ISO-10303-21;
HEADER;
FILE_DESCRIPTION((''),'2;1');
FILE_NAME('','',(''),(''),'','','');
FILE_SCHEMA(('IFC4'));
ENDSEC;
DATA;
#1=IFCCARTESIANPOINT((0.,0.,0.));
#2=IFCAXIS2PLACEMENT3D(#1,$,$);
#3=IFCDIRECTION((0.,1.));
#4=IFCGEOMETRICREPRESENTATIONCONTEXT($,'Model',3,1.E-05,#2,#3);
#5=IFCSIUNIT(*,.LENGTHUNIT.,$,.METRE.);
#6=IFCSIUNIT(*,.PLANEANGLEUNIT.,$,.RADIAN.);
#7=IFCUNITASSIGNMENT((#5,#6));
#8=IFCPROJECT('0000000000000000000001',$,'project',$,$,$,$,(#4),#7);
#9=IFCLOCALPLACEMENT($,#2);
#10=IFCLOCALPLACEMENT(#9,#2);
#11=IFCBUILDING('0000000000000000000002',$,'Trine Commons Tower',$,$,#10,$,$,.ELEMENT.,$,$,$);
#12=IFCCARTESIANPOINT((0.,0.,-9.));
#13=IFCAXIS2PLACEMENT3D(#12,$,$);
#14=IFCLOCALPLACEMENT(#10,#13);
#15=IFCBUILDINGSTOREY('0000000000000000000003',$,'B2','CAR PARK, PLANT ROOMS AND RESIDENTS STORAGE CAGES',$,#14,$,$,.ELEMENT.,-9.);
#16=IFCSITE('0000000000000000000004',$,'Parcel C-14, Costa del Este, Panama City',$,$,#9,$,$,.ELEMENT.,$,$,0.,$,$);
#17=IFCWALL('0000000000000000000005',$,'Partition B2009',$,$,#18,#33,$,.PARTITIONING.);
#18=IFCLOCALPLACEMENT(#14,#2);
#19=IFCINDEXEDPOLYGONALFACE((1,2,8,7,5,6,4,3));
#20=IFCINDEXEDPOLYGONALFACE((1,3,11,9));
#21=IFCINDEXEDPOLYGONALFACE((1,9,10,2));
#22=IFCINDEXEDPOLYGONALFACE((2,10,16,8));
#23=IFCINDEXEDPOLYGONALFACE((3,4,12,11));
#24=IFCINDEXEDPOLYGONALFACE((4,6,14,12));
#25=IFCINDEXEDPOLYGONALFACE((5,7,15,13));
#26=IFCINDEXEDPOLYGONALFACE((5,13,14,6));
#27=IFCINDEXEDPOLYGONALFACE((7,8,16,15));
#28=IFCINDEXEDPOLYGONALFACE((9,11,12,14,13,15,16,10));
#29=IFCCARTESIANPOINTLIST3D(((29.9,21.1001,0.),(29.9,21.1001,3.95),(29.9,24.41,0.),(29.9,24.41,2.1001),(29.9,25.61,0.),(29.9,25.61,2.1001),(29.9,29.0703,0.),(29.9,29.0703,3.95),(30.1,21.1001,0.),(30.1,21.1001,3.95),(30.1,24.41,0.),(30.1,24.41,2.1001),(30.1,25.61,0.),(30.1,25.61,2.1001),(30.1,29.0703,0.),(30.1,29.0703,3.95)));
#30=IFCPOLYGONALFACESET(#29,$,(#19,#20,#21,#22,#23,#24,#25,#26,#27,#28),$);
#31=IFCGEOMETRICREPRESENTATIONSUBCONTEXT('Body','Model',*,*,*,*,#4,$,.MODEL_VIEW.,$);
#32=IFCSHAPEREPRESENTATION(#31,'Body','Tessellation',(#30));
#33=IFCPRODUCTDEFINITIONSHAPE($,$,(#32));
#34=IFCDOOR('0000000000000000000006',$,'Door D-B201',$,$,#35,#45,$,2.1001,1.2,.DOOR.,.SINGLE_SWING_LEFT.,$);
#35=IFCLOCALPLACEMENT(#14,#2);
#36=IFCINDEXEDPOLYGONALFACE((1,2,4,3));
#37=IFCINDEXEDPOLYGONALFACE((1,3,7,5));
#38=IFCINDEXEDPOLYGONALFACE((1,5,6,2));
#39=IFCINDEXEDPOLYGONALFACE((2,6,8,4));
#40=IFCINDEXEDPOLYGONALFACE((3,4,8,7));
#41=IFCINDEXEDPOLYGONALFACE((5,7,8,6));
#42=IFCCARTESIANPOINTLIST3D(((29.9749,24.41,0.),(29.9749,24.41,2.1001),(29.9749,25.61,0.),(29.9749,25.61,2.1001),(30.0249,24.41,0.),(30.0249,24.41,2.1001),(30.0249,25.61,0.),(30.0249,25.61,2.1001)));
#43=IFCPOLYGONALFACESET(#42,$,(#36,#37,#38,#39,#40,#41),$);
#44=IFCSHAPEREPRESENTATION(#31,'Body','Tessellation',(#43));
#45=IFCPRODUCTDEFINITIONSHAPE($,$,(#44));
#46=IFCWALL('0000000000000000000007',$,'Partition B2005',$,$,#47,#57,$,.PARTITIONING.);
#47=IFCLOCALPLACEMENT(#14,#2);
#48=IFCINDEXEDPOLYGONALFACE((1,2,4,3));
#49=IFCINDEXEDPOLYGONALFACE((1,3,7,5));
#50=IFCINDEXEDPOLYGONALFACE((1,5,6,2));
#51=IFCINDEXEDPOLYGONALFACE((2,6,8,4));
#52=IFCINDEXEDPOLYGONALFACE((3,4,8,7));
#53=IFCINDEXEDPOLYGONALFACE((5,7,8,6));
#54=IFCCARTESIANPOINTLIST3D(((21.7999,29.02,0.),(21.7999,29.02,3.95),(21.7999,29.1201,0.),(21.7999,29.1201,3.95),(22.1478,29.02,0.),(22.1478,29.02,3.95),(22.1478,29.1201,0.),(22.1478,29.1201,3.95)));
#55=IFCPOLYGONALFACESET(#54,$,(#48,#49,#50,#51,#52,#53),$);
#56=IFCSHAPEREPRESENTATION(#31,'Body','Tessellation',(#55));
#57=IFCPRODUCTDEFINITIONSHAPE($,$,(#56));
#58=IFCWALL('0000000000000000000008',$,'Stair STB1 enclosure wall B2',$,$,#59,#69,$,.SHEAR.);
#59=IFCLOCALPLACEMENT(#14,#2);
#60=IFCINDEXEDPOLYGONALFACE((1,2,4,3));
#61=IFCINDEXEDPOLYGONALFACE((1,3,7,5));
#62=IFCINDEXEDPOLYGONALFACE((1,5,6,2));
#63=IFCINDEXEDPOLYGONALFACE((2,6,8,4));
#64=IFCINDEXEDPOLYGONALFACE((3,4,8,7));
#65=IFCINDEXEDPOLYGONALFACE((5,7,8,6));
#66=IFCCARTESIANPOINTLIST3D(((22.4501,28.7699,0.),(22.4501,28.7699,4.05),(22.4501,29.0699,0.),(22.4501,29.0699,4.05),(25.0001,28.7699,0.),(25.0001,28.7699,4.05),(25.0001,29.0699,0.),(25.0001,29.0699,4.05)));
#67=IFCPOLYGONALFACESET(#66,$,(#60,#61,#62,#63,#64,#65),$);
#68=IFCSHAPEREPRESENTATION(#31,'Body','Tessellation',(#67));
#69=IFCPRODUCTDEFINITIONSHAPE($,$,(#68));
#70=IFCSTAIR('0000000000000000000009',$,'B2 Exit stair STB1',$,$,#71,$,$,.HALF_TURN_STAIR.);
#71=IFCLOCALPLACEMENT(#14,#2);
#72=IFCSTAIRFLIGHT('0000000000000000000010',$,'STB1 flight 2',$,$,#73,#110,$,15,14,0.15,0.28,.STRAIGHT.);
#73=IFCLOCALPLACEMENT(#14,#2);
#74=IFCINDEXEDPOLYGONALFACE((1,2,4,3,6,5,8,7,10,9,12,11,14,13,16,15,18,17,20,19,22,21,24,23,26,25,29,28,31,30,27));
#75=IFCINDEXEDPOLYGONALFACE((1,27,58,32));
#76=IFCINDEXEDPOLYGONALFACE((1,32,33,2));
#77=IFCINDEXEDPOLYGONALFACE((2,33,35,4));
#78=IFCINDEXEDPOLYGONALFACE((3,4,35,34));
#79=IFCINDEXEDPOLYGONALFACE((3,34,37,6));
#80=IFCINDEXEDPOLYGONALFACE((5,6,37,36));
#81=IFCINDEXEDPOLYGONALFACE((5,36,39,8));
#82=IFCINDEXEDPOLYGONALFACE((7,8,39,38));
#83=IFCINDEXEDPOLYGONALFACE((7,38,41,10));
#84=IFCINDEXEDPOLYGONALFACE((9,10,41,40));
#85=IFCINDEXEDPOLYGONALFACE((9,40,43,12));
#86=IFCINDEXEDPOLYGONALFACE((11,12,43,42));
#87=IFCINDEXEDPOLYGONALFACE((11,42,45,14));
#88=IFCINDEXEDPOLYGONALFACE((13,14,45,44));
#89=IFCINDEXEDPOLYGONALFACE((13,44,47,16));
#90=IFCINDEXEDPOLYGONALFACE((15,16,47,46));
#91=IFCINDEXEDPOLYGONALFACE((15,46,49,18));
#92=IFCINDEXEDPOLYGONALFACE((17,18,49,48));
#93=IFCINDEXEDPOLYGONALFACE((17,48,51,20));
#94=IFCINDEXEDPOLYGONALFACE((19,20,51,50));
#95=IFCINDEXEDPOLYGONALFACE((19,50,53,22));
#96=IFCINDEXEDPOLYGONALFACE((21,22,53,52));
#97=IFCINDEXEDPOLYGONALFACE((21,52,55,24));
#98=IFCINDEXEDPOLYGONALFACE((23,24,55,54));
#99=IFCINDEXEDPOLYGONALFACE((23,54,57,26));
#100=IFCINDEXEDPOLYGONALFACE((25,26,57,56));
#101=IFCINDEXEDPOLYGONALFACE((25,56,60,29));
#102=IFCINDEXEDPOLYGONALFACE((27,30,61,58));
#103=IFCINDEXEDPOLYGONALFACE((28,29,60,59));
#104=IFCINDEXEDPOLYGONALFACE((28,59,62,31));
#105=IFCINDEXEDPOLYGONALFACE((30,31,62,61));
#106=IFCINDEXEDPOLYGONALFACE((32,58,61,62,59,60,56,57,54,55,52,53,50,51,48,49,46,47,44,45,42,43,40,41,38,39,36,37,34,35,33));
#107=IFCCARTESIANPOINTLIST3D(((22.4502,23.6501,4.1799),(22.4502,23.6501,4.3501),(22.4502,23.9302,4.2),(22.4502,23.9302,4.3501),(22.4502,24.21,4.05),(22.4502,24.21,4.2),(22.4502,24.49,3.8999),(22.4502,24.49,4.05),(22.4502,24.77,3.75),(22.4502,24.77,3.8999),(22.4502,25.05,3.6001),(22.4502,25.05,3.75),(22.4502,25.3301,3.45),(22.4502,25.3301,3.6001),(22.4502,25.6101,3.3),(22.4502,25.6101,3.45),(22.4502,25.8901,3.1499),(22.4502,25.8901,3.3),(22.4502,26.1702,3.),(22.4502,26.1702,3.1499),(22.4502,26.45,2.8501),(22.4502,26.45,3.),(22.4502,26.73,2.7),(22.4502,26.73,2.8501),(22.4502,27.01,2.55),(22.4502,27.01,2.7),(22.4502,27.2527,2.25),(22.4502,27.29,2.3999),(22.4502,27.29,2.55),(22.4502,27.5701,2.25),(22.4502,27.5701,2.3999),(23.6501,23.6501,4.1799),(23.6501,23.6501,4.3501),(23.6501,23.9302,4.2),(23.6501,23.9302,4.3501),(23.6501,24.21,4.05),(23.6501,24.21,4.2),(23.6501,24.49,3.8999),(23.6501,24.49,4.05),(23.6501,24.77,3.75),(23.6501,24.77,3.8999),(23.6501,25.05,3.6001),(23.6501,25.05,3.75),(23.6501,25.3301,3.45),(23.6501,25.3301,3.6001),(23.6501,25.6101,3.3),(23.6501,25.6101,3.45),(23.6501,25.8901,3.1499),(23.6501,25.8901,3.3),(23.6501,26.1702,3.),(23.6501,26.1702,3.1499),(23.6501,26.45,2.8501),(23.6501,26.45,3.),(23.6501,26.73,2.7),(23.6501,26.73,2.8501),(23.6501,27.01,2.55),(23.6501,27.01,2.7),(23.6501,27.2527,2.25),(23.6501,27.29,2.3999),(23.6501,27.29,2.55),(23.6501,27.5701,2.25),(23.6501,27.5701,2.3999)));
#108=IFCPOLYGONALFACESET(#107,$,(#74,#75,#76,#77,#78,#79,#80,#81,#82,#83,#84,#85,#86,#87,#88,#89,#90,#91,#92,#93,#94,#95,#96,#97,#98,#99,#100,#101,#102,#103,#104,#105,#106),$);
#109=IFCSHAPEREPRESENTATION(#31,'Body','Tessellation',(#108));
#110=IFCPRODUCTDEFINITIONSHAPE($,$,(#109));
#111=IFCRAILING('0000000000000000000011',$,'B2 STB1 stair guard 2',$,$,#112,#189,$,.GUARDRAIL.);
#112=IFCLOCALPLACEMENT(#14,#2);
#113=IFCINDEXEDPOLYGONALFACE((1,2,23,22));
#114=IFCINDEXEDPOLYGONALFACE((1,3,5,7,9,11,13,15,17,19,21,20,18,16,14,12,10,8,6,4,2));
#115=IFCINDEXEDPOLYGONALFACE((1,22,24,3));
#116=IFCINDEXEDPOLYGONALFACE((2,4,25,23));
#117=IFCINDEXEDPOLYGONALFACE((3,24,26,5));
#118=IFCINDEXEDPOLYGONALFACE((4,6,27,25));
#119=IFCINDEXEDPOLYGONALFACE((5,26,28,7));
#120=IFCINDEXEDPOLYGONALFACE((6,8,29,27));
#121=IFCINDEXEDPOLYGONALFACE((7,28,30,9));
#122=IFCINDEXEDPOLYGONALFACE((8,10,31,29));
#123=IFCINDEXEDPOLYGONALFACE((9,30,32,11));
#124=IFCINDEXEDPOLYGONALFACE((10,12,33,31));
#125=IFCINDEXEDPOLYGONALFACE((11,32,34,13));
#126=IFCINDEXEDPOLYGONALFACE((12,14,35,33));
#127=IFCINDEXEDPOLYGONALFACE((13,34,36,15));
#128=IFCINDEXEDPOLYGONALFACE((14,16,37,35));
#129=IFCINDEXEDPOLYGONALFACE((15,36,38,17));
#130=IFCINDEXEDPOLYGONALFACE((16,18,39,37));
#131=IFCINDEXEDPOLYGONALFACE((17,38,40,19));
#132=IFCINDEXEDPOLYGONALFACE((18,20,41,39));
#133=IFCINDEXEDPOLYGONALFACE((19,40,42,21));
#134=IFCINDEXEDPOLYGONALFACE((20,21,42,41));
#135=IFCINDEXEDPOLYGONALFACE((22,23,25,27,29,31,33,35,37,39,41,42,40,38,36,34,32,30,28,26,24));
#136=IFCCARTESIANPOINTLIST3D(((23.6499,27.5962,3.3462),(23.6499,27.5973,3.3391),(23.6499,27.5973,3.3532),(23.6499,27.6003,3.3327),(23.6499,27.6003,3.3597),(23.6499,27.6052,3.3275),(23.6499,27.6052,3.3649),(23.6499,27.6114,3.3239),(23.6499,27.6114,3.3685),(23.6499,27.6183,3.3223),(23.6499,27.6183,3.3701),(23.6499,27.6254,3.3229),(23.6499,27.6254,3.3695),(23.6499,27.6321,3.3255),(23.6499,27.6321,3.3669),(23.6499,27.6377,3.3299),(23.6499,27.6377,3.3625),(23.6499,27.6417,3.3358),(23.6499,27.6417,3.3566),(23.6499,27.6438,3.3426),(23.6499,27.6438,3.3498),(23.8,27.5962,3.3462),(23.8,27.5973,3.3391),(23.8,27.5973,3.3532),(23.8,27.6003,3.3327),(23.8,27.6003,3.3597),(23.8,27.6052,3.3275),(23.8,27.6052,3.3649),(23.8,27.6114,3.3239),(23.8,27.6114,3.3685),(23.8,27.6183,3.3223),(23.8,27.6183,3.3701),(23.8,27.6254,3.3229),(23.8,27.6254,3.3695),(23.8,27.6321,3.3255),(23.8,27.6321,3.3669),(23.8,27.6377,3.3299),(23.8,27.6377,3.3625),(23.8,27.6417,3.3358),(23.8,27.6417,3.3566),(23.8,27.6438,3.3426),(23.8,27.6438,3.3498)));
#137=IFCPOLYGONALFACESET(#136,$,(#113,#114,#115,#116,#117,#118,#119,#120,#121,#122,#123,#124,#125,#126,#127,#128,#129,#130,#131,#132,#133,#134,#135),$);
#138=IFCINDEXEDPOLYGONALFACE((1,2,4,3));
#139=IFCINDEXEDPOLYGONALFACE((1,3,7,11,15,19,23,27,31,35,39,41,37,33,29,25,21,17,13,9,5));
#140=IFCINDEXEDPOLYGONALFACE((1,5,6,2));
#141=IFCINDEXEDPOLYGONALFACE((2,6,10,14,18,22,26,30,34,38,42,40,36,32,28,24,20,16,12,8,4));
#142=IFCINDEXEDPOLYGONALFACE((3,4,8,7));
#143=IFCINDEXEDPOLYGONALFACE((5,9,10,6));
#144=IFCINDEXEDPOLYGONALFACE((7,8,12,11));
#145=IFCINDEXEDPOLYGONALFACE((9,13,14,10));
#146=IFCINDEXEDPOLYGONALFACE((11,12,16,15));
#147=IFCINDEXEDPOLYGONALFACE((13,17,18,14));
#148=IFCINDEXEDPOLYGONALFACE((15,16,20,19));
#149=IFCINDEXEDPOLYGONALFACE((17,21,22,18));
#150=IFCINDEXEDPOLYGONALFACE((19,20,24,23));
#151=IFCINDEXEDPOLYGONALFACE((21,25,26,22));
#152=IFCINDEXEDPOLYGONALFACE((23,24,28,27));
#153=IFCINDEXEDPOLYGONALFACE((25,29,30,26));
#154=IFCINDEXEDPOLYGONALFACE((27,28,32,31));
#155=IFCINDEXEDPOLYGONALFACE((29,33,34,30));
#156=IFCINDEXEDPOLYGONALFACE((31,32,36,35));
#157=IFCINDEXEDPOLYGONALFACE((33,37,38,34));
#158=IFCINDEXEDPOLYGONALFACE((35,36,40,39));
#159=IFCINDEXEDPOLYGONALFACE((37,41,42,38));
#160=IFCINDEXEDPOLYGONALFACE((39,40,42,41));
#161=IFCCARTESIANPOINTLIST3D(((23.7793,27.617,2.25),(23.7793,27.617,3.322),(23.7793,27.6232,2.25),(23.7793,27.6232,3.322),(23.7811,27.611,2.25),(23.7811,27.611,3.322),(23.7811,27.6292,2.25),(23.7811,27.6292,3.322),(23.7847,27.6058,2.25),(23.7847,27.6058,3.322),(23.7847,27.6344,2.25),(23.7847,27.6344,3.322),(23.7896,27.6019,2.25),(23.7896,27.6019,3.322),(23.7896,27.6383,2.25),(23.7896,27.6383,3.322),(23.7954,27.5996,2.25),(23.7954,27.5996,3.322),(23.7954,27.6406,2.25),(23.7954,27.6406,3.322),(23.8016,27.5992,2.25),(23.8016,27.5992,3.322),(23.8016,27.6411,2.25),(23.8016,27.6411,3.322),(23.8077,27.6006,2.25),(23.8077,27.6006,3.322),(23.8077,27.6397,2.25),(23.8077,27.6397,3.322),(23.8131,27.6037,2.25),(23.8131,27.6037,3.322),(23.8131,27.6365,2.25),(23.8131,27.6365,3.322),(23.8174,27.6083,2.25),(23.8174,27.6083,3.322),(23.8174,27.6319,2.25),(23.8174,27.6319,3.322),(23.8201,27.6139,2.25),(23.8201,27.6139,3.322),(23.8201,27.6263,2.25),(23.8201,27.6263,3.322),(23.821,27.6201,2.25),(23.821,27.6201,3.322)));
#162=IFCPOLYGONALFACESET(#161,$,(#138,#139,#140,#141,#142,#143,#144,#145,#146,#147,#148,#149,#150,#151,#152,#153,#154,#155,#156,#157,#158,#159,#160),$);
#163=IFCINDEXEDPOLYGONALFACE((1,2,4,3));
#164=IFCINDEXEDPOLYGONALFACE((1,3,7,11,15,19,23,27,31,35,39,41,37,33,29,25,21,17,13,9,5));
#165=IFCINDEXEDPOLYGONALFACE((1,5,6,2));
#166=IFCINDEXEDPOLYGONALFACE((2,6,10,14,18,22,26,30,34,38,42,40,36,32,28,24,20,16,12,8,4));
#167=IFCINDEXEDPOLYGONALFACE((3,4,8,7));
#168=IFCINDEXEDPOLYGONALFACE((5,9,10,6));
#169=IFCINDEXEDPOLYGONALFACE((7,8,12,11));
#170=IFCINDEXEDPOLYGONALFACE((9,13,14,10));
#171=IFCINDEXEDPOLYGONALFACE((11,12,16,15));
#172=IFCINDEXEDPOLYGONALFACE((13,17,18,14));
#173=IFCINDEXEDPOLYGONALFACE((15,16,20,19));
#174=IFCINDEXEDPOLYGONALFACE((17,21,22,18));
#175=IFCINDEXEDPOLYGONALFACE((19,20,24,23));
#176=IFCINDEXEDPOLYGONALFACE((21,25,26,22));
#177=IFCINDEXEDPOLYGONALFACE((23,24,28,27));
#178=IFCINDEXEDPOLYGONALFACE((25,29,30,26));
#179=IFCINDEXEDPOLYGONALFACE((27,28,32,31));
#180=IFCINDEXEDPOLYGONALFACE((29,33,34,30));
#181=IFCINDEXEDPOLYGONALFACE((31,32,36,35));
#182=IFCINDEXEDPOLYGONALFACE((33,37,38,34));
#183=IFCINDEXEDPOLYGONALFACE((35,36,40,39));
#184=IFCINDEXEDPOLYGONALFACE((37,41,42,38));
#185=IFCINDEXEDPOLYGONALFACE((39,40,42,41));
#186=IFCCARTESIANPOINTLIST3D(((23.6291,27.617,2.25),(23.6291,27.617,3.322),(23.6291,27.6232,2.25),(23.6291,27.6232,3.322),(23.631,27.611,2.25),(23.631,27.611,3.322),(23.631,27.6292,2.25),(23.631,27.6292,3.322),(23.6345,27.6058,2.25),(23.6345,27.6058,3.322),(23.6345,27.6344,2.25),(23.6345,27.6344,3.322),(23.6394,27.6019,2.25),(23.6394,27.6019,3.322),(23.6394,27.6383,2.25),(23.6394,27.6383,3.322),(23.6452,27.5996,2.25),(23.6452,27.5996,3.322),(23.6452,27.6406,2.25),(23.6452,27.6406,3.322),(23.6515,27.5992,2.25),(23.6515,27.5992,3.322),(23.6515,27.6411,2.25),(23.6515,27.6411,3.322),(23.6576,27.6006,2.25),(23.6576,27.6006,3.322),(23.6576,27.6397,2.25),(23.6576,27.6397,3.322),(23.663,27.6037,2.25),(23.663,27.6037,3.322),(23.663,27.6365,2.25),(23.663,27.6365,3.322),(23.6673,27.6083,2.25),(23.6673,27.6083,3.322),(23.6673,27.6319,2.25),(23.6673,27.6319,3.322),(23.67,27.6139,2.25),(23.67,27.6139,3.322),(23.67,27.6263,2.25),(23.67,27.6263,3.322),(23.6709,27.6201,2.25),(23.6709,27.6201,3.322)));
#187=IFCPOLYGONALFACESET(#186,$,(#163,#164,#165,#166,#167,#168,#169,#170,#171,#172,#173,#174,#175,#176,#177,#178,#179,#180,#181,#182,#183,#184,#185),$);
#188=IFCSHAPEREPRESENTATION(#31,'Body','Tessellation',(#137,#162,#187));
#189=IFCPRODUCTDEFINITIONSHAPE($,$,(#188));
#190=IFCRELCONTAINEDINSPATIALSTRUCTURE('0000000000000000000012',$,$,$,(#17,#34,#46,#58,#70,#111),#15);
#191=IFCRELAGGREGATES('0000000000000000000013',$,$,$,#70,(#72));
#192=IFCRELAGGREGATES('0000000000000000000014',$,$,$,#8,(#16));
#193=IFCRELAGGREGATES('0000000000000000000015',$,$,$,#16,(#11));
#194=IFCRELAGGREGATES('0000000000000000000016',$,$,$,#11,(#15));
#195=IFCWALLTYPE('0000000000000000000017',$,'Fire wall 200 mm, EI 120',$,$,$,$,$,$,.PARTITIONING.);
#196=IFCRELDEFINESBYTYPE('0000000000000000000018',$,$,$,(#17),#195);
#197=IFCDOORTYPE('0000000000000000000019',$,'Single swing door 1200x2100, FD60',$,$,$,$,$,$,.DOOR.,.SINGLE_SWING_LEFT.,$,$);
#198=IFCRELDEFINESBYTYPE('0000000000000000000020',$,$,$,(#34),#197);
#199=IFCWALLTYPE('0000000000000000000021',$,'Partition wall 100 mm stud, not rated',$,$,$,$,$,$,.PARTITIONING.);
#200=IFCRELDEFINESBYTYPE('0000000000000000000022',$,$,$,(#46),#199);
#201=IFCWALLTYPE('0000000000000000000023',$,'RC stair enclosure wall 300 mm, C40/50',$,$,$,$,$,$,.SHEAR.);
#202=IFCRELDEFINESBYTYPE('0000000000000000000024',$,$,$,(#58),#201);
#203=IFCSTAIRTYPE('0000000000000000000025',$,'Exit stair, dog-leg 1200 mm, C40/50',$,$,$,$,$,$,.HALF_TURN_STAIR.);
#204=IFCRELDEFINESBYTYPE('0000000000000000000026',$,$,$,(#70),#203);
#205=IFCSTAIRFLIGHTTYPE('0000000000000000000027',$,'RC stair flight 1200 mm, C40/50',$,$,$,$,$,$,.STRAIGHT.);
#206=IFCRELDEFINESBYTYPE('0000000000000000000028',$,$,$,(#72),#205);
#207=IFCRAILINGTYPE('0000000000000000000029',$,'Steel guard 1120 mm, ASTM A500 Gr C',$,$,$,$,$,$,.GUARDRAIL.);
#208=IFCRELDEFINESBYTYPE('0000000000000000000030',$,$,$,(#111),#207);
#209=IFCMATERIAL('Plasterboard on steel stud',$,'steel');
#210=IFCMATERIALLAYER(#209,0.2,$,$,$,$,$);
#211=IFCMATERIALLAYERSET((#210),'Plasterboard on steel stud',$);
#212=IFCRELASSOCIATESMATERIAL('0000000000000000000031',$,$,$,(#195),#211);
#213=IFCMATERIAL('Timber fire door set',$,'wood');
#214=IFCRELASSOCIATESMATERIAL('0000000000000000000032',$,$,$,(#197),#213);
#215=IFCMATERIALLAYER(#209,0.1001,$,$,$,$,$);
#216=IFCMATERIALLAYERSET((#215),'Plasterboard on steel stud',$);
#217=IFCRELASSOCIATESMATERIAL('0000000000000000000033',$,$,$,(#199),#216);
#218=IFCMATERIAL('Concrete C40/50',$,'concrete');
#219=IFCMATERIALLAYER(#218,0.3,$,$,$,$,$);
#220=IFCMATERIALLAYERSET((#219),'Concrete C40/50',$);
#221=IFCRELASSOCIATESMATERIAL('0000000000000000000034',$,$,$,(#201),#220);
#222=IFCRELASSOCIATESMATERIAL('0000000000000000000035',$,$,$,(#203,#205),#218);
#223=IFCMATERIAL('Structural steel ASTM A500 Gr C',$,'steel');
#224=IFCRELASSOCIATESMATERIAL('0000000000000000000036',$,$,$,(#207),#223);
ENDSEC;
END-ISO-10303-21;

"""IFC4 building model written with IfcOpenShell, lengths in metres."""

from ifc_helpers import new_model, si_unit, direction, frame, frame_2d, origin, origin_2d, place, context, subcontext, project, spatial, polyline, rectangle, circle, outline, extrude, material, layer, layer_set, type_object, element, fill, aggregate, save


model = new_model("IFC4")

# Units and contexts
model_context = context("Model", 3, precision=1e-05, world=origin(), true_north=direction((0.0, 1.0)))
body_context = subcontext(model_context, "Body", "Model", "MODEL_VIEW")
ifc_project = project(units=[si_unit("LENGTHUNIT", "METRE"), si_unit("PLANEANGLEUNIT", "RADIAN")], contexts=[model_context])

# Site, building, storey
site_placement = place(None, origin())
site = spatial("IfcSite", under=ifc_project, at=site_placement, Name="Parcel C-14, Costa del Este, Panama City", CompositionType="ELEMENT", RefElevation=0.0)
building_placement = place(site_placement, origin())
building = spatial("IfcBuilding", under=site, at=building_placement, Name="Trine Commons Tower", CompositionType="ELEMENT")
storey_placement = place(building_placement, frame((0.0, 0.0, -9.0)))
storey = spatial("IfcBuildingStorey", under=building, at=storey_placement, Name="B2", Description="CAR PARK, PLANT ROOMS AND RESIDENTS STORAGE CAGES", CompositionType="ELEMENT", Elevation=-9.0)

# Shared definitions
ifc_material_1 = material(Name="Concrete C40/50", Category="concrete")

# Shared definitions
ifc_material_2 = material(Name="Plasterboard on steel stud", Category="steel")
ifc_layer_1 = layer(ifc_material_2, 0.2)
ifc_layer_set_1 = layer_set([ifc_layer_1], Name="Plasterboard on steel stud")
wall_type_1 = type_object("IfcWallType", Name="Fire wall 200 mm, EI 120", PredefinedType="PARTITIONING", material=ifc_layer_set_1)

# Wall, opening, door
wall_1_placement = place(storey_placement, frame((30.0, 29.0703, 0.0), z_axis=(0.0, 0.0, 1.0), x_axis=(0.0, -1.0, 0.0)))
wall_1 = element("IfcWall", 1, at=wall_1_placement, inside=storey, type_object=wall_type_1, Name="Partition B2009", PredefinedType="PARTITIONING", context=body_context, shape_type="SweptSolid", body=[
    extrude(rectangle(XDim=7.9702, YDim=0.2, at=frame_2d((3.9851, 0.0))), origin(), (0.0, 0.0, 1.0), 3.95),
])
opening_placement = place(wall_1_placement, frame((3.4602, 0.0, 0.0)))
opening = element("IfcOpeningElement", 2, at=opening_placement, cuts=wall_1, PredefinedType="OPENING", context=body_context, shape_type="SweptSolid", body=[
    extrude(rectangle(XDim=1.2, YDim=2.1001, at=frame_2d((0.6001, 1.05))), frame((0.0, 0.1099, 0.0), z_axis=(0.0, -1.0, 0.0), x_axis=(1.0, 0.0, 0.0)), (0.0, 0.0, 1.0), 0.22),
])
ifc_material_3 = material(Name="Timber fire door set", Category="wood")
door_type = type_object("IfcDoorType", Name="Single swing door 1200x2100, FD60", OperationType="SINGLE_SWING_LEFT", PredefinedType="DOOR", material=ifc_material_3)
door_placement = place(opening_placement, origin())
door = element("IfcDoor", 3, at=door_placement, inside=storey, type_object=door_type, Name="Door D-B201", OperationType="SINGLE_SWING_LEFT", OverallHeight=2.1001, OverallWidth=1.2, PredefinedType="DOOR", context=body_context, shape_type="SweptSolid", body=[
    extrude(rectangle(XDim=1.2, YDim=2.1001, at=frame_2d((0.6001, 1.05))), frame((0.0, 0.0249, 0.0), z_axis=(0.0, -1.0, 0.0), x_axis=(1.0, 0.0, 0.0)), (0.0, 0.0, 1.0), 0.05),
])
fill(opening, door)

# Walls
ifc_layer_2 = layer(ifc_material_2, 0.1001)
ifc_layer_set_2 = layer_set([ifc_layer_2], Name="Plasterboard on steel stud")
wall_type_2 = type_object("IfcWallType", Name="Partition wall 100 mm stud, not rated", PredefinedType="PARTITIONING", material=ifc_layer_set_2)
wall_2_placement = place(storey_placement, frame((21.8, 29.0701, 0.0), z_axis=(0.0, 0.0, 1.0), x_axis=(1.0, 0.0, 0.0)))
element("IfcWall", 4, at=wall_2_placement, inside=storey, type_object=wall_type_2, Name="Partition B2005", PredefinedType="PARTITIONING", context=body_context, shape_type="SweptSolid", body=[
    extrude(rectangle(XDim=0.3479, YDim=0.1001, at=frame_2d((0.1738, 0.0))), origin(), (0.0, 0.0, 1.0), 3.95),
])
ifc_layer_3 = layer(ifc_material_1, 0.3)
ifc_layer_set_3 = layer_set([ifc_layer_3], Name="Concrete C40/50")
wall_type_3 = type_object("IfcWallType", Name="RC stair enclosure wall 300 mm, C40/50", PredefinedType="SHEAR", material=ifc_layer_set_3)
wall_3_placement = place(storey_placement, frame((25.0, 28.9199, 0.0), z_axis=(0.0, 0.0, 1.0), x_axis=(-1.0, 0.0, 0.0)))
element("IfcWall", 5, at=wall_3_placement, inside=storey, type_object=wall_type_3, Name="Stair STB1 enclosure wall B2", PredefinedType="SHEAR", context=body_context, shape_type="SweptSolid", body=[
    extrude(rectangle(XDim=2.55, YDim=0.3, at=frame_2d((1.2749, 0.0))), origin(), (0.0, 0.0, 1.0), 4.05),
])

# Stair, stair flight
stair_type = type_object("IfcStairType", Name="Exit stair, dog-leg 1200 mm, C40/50", PredefinedType="HALF_TURN_STAIR", material=ifc_material_1)
stair_placement = place(storey_placement, origin())
stair = element("IfcStair", 6, at=stair_placement, inside=storey, type_object=stair_type, Name="B2 Exit stair STB1", PredefinedType="HALF_TURN_STAIR")
stair_flight_type = type_object("IfcStairFlightType", Name="RC stair flight 1200 mm, C40/50", PredefinedType="STRAIGHT", material=ifc_material_1)
stair_flight_placement = place(storey_placement, frame((23.05, 27.5701, 2.25), z_axis=(0.0, 0.0, 1.0), x_axis=(0.0, -1.0, 0.0)))
stair_flight = element("IfcStairFlight", 7, at=stair_flight_placement, type_object=stair_flight_type, Name="STB1 flight 2", NumberOfRisers=15, NumberOfTreads=14, PredefinedType="STRAIGHT", RiserHeight=0.15, TreadLength=0.28, context=body_context, shape_type="SweptSolid", body=[
    extrude(outline(polyline([(0.0, 0.0), (0.0, 0.1499), (0.28, 0.1499), (0.28, 0.3), (0.5601, 0.3), (0.5601, 0.45), (0.8401, 0.45), (0.8401, 0.6001), (1.1201, 0.6001), (1.1201, 0.75), (1.3999, 0.75), (1.3999, 0.8999), (1.6799, 0.8999), (1.6799, 1.05), (1.96, 1.05), (1.96, 1.2), (2.24, 1.2), (2.24, 1.3501), (2.52, 1.3501), (2.52, 1.5), (2.8, 1.5), (2.8, 1.6499), (3.0801, 1.6499), (3.0801, 1.8), (3.3601, 1.8), (3.3601, 1.95), (3.6399, 1.95), (3.6399, 2.1001), (3.9199, 2.1001), (3.9199, 2.25), (3.9199, 1.9299), (0.3174, 0.0), (0.0, 0.0)])), frame((0.0, 0.6001, 0.0), z_axis=(0.0, -1.0, 0.0), x_axis=(1.0, 0.0, 0.0)), (0.0, 0.0, 1.0), 1.2),
])
aggregate(stair, [stair_flight])

# Railing
ifc_material_4 = material(Name="Structural steel ASTM A500 Gr C", Category="steel")
railing_type_1 = type_object("IfcRailingType", Name="Steel guard 1120 mm, ASTM A500 Gr C", PredefinedType="GUARDRAIL", material=ifc_material_4)
railing_1_placement = place(storey_placement, frame((23.8, 27.6201, 2.25)))
element("IfcRailing", 8, at=railing_1_placement, inside=storey, type_object=railing_type_1, Name="B2 STB1 stair guard 2", PredefinedType="GUARDRAIL", context=body_context, shape_type="SweptSolid", body=[
    extrude(circle(Radius=0.0239, at=origin_2d()), frame((0.0, 0.0, 1.0962), z_axis=(-1.0, 0.0, 0.0), x_axis=(0.0, -1.0, 0.0)), (0.0, 0.0, 1.0), 0.1501),
    extrude(circle(Radius=0.021, at=origin_2d()), origin(), (0.0, 0.0, 1.0), 1.072),
    extrude(circle(Radius=0.021, at=origin_2d()), frame((-0.1501, 0.0, 0.0)), (0.0, 0.0, 1.0), 1.072),
])

save(model, "model.ifc")
